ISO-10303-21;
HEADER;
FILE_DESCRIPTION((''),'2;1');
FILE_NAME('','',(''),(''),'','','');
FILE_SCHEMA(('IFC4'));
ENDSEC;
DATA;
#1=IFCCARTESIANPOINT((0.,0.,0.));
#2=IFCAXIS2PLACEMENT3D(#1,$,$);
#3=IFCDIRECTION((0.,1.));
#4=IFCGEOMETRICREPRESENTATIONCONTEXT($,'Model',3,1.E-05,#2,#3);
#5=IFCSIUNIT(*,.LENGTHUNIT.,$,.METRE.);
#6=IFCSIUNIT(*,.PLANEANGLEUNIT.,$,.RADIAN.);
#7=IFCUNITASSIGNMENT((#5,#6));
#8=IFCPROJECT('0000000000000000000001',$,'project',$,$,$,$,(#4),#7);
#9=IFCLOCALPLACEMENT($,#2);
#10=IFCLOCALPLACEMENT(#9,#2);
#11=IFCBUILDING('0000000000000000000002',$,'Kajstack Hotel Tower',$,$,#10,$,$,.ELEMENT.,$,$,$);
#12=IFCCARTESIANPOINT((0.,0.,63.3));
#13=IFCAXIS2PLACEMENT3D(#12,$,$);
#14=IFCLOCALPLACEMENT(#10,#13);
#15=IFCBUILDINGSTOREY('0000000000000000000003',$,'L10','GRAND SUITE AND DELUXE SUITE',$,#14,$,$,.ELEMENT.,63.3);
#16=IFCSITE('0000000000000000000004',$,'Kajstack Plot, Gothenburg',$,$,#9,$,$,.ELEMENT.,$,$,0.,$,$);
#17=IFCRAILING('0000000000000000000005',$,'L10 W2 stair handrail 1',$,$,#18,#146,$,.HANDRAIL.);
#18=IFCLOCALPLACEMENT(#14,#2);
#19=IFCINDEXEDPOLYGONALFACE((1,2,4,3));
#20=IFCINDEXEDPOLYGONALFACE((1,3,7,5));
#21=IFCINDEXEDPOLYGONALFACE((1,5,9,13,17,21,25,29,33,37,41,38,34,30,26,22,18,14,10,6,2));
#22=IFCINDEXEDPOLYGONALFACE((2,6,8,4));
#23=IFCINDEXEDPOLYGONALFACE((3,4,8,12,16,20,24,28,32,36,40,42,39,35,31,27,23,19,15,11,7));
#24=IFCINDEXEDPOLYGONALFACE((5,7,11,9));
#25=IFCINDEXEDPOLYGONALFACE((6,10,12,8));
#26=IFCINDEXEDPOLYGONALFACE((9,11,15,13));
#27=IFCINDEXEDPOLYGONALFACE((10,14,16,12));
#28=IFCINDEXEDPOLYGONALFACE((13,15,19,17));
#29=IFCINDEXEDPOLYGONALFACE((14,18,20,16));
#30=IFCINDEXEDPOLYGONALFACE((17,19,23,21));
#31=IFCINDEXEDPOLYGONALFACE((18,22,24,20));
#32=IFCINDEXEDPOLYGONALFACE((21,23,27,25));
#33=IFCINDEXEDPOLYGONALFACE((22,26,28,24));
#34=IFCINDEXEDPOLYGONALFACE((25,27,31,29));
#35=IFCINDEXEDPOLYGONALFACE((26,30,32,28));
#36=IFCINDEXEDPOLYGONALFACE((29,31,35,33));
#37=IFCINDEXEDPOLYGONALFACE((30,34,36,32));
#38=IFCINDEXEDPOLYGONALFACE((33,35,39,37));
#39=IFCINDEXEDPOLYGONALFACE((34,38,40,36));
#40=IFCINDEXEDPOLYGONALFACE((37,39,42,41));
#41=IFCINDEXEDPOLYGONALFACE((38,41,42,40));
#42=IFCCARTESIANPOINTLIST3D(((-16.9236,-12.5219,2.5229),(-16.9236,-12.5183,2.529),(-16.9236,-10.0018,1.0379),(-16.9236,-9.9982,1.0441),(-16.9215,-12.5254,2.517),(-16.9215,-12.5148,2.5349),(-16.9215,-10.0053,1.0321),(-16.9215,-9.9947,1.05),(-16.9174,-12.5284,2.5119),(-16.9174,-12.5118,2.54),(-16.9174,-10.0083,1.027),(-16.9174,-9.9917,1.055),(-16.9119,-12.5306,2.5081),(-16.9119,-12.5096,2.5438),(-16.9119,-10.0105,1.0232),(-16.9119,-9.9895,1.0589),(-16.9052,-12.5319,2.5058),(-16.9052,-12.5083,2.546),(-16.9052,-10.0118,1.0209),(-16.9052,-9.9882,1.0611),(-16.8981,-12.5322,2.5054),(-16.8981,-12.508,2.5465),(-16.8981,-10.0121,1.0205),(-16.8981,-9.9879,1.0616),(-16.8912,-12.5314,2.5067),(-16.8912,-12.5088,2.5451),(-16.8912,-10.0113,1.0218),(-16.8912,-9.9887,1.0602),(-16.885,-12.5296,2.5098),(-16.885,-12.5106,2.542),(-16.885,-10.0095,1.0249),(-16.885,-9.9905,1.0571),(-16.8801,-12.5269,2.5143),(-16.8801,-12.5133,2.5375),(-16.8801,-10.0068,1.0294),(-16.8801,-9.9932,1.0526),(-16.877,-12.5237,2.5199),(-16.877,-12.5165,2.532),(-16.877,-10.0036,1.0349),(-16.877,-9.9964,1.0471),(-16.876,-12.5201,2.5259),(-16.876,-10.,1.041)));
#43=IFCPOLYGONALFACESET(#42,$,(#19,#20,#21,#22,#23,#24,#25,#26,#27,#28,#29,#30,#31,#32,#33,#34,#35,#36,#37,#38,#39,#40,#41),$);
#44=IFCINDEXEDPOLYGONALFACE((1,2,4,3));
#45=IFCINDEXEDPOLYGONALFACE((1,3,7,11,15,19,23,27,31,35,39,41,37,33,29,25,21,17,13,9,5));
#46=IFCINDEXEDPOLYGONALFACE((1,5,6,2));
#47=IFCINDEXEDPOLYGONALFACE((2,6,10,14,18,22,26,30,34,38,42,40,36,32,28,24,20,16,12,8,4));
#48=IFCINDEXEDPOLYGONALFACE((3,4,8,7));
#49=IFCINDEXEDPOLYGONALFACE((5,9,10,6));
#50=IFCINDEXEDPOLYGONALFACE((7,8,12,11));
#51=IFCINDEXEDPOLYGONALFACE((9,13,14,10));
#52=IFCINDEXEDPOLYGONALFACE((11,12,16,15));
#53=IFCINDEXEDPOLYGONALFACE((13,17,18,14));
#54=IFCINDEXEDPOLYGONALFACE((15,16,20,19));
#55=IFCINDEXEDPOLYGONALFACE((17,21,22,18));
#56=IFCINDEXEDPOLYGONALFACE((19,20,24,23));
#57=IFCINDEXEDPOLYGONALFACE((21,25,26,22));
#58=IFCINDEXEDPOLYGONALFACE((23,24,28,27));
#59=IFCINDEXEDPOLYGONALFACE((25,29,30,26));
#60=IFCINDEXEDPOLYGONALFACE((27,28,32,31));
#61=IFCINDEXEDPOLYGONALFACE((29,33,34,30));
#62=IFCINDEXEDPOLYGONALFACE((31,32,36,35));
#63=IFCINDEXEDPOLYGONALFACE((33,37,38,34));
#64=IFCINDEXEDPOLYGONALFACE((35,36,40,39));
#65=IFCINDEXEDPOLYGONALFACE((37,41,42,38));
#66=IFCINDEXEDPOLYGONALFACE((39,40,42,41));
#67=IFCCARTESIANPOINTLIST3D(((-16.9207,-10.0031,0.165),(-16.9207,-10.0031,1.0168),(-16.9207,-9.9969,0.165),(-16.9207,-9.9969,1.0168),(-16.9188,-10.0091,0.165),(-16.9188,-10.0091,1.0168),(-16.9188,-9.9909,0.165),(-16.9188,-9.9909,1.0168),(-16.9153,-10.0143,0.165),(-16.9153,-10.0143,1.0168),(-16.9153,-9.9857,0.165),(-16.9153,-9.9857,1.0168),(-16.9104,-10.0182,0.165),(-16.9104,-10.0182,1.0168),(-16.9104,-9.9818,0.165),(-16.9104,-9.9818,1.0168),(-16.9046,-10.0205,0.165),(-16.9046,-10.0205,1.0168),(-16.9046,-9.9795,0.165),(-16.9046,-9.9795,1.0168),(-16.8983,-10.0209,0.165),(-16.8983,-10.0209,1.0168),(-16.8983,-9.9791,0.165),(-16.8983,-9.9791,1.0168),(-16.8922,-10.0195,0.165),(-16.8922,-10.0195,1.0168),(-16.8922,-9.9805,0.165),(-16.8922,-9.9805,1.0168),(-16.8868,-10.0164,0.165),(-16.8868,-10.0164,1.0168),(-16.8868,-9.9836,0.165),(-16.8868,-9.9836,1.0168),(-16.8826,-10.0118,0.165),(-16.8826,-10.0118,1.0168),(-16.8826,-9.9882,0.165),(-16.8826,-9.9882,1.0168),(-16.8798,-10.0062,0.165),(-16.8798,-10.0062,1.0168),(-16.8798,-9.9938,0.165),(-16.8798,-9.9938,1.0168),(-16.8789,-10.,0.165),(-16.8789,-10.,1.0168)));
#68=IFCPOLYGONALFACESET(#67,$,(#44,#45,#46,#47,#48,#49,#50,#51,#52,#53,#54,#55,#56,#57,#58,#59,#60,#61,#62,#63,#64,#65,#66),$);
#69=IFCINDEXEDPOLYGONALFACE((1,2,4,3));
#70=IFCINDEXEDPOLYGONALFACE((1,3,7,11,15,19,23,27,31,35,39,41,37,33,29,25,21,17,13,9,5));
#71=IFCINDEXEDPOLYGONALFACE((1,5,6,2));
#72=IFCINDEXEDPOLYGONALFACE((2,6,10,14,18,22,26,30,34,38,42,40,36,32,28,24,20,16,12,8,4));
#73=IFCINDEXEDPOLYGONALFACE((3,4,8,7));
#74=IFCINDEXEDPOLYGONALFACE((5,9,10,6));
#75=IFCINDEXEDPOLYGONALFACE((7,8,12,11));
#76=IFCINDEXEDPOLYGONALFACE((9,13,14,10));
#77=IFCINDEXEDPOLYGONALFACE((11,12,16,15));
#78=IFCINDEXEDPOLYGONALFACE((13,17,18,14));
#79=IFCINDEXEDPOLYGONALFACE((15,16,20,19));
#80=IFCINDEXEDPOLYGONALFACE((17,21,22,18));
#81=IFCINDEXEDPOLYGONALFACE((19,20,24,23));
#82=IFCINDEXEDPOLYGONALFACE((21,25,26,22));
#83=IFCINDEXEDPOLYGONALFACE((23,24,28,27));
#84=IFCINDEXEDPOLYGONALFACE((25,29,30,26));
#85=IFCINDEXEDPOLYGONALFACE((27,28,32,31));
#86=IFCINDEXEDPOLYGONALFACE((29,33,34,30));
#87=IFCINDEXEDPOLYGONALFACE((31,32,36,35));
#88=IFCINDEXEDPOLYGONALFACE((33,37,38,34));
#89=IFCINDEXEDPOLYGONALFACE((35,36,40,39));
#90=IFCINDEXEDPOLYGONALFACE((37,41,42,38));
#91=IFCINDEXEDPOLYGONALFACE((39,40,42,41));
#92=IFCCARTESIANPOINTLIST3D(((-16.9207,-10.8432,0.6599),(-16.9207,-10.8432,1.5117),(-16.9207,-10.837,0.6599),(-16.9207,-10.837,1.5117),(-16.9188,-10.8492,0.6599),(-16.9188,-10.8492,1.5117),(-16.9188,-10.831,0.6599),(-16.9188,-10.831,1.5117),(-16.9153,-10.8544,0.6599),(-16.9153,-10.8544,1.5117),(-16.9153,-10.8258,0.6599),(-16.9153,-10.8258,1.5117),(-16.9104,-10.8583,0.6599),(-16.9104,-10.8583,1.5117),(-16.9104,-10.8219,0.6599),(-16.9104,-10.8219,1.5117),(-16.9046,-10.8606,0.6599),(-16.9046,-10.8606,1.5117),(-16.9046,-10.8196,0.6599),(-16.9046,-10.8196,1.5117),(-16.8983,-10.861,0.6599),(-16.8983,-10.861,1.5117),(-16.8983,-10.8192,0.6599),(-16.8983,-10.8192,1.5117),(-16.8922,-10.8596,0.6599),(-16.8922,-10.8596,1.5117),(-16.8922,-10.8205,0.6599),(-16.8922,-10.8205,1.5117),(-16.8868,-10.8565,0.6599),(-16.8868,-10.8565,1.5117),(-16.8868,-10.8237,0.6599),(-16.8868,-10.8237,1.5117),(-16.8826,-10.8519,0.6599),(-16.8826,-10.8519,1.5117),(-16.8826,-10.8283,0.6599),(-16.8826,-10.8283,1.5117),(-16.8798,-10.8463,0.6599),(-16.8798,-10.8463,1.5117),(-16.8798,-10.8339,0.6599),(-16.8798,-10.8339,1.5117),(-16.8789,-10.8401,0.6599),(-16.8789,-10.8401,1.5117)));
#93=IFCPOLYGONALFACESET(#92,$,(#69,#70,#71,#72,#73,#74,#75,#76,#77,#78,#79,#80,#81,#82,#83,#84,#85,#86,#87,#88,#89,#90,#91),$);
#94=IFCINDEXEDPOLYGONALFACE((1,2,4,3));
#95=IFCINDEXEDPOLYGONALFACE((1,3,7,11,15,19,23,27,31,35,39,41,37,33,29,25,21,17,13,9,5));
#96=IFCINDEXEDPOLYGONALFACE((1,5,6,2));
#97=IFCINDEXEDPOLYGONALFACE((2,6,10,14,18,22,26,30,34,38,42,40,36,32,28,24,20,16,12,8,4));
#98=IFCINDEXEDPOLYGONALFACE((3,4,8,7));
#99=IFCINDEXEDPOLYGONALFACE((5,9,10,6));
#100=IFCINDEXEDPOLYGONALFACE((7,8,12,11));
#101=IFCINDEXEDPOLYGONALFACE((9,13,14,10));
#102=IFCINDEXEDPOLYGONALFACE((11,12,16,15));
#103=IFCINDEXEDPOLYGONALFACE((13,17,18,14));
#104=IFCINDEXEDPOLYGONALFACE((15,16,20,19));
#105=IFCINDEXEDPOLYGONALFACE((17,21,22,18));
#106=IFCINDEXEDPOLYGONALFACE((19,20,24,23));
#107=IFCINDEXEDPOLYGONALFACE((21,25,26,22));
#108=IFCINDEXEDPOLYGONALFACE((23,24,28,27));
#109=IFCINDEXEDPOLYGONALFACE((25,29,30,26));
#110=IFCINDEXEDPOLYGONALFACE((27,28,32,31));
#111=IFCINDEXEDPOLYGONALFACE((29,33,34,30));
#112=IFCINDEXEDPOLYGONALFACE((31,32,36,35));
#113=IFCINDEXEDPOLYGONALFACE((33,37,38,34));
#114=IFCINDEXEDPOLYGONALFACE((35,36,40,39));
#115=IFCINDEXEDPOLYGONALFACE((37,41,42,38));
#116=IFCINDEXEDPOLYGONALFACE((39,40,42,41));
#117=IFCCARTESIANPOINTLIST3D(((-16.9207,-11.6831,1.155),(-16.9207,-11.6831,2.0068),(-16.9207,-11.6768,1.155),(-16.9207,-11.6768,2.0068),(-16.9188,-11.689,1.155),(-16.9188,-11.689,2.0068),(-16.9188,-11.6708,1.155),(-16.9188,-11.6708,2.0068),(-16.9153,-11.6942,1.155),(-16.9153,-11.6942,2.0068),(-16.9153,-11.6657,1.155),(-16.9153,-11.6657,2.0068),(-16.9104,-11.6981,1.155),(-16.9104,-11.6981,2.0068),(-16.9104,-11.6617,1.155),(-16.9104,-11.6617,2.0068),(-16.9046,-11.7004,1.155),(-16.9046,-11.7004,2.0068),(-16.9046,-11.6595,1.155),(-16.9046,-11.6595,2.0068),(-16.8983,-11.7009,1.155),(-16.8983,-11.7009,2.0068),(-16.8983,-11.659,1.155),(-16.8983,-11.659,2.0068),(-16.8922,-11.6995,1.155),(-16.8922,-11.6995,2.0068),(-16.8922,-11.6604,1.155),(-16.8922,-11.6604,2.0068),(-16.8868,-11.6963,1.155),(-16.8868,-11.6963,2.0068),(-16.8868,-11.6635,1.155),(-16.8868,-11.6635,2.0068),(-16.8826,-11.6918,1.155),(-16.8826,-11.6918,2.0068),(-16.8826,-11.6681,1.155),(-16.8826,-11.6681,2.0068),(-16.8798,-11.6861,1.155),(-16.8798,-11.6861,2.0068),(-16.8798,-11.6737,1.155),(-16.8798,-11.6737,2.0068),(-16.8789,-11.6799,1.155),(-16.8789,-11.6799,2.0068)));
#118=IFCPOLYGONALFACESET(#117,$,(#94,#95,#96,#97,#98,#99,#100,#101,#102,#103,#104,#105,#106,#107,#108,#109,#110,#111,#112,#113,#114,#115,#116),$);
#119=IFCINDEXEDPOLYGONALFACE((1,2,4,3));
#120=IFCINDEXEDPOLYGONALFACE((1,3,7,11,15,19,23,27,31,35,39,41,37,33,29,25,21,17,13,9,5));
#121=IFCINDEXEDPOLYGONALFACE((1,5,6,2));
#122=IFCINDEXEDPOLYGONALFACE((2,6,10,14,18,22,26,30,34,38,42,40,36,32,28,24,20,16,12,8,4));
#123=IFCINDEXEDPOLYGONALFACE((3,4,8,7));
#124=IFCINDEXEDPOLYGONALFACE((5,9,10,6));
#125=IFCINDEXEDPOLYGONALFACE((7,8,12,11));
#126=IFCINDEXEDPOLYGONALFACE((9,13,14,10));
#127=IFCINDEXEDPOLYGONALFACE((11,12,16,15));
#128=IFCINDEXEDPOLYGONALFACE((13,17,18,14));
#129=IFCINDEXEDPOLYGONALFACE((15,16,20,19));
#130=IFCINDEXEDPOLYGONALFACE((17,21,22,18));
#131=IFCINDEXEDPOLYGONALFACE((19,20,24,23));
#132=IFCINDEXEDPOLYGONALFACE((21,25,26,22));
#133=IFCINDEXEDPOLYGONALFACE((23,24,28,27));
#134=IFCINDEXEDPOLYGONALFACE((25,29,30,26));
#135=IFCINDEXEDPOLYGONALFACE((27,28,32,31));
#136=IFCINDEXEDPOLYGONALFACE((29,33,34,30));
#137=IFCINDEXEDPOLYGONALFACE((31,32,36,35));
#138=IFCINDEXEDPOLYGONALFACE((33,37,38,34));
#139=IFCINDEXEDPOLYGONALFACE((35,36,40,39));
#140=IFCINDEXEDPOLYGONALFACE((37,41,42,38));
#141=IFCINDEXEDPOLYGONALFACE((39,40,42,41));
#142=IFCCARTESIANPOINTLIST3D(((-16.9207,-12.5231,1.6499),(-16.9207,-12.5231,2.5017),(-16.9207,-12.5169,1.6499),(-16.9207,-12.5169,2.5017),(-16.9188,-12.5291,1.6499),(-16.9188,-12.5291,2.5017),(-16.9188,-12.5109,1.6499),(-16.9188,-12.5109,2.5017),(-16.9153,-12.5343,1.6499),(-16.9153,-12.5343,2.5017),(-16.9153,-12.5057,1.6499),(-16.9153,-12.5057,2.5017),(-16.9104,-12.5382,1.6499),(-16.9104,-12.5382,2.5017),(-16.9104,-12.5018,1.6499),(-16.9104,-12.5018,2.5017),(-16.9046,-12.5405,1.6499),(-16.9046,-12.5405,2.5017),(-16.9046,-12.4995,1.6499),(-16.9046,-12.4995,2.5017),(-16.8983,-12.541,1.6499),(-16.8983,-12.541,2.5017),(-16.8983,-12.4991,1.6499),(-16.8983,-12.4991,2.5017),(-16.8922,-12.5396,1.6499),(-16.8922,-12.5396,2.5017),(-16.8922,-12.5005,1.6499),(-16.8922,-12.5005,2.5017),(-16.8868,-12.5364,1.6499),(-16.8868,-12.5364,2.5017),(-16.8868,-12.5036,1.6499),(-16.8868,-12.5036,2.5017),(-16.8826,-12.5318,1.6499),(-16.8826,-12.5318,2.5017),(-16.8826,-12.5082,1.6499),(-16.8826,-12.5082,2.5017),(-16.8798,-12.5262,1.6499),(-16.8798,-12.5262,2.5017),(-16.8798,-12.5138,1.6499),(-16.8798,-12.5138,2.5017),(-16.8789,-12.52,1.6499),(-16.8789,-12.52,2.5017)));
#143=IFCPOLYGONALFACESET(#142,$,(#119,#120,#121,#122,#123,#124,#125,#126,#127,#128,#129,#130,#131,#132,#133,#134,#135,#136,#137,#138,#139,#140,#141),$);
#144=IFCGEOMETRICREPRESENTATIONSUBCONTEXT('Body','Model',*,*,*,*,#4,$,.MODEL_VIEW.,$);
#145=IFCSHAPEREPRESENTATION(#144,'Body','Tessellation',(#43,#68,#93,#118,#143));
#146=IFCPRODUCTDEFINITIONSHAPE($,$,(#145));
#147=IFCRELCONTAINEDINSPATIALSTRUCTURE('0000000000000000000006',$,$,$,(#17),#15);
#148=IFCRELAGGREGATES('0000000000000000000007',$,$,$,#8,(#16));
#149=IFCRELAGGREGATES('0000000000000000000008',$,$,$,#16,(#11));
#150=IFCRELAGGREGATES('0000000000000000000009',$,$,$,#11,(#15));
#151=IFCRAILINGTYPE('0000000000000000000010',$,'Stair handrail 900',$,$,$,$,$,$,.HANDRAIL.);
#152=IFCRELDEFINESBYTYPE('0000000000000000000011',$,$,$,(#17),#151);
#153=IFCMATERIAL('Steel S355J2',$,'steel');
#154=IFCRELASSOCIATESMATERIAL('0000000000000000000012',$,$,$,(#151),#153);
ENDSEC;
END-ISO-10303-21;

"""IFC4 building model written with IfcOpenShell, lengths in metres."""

from ifc_helpers import new_model, si_unit, direction, frame, origin, origin_2d, place, context, subcontext, project, spatial, circle, extrude, material, type_object, element, save


model = new_model("IFC4")

# Units and contexts
model_context = context("Model", 3, precision=1e-05, world=origin(), true_north=direction((0.0, 1.0)))
body_context = subcontext(model_context, "Body", "Model", "MODEL_VIEW")
ifc_project = project(units=[si_unit("LENGTHUNIT", "METRE"), si_unit("PLANEANGLEUNIT", "RADIAN")], contexts=[model_context])

# Site, building, storey
site_placement = place(None, origin())
site = spatial("IfcSite", under=ifc_project, at=site_placement, Name="Kajstack Plot, Gothenburg", CompositionType="ELEMENT", RefElevation=0.0)
building_placement = place(site_placement, origin())
building = spatial("IfcBuilding", under=site, at=building_placement, Name="Kajstack Hotel Tower", CompositionType="ELEMENT")
storey_placement = place(building_placement, frame((0.0, 0.0, 63.3)))
storey = spatial("IfcBuildingStorey", under=building, at=storey_placement, Name="L10", Description="GRAND SUITE AND DELUXE SUITE", CompositionType="ELEMENT", Elevation=63.3)

# Railing
ifc_material_1 = material(Name="Steel S355J2", Category="steel")
railing_type_1 = type_object("IfcRailingType", Name="Stair handrail 900", PredefinedType="HANDRAIL", material=ifc_material_1)
railing_1_placement = place(storey_placement, frame((-16.8999, -10.0, 0.165)))
element("IfcRailing", 1, at=railing_1_placement, inside=storey, type_object=railing_type_1, Name="L10 W2 stair handrail 1", PredefinedType="HANDRAIL", context=body_context, shape_type="SweptSolid", body=[
    extrude(circle(Radius=0.0239, at=origin_2d()), frame((0.0, 0.0, 0.876), z_axis=(0.0, -0.861561, 0.507655), x_axis=(1.0, 0.0, 0.0)), (0.0, 0.0, 1.0), 2.925),
    extrude(circle(Radius=0.021, at=origin_2d()), origin(), (0.0, 0.0, 1.0), 0.8518),
    extrude(circle(Radius=0.021, at=origin_2d()), frame((0.0, -0.8401, 0.4949)), (0.0, 0.0, 1.0), 0.8518),
    extrude(circle(Radius=0.021, at=origin_2d()), frame((0.0, -1.6799, 0.99)), (0.0, 0.0, 1.0), 0.8518),
    extrude(circle(Radius=0.021, at=origin_2d()), frame((0.0, -2.52, 1.4849)), (0.0, 0.0, 1.0), 0.8518),
])

save(model, "model.ifc")
